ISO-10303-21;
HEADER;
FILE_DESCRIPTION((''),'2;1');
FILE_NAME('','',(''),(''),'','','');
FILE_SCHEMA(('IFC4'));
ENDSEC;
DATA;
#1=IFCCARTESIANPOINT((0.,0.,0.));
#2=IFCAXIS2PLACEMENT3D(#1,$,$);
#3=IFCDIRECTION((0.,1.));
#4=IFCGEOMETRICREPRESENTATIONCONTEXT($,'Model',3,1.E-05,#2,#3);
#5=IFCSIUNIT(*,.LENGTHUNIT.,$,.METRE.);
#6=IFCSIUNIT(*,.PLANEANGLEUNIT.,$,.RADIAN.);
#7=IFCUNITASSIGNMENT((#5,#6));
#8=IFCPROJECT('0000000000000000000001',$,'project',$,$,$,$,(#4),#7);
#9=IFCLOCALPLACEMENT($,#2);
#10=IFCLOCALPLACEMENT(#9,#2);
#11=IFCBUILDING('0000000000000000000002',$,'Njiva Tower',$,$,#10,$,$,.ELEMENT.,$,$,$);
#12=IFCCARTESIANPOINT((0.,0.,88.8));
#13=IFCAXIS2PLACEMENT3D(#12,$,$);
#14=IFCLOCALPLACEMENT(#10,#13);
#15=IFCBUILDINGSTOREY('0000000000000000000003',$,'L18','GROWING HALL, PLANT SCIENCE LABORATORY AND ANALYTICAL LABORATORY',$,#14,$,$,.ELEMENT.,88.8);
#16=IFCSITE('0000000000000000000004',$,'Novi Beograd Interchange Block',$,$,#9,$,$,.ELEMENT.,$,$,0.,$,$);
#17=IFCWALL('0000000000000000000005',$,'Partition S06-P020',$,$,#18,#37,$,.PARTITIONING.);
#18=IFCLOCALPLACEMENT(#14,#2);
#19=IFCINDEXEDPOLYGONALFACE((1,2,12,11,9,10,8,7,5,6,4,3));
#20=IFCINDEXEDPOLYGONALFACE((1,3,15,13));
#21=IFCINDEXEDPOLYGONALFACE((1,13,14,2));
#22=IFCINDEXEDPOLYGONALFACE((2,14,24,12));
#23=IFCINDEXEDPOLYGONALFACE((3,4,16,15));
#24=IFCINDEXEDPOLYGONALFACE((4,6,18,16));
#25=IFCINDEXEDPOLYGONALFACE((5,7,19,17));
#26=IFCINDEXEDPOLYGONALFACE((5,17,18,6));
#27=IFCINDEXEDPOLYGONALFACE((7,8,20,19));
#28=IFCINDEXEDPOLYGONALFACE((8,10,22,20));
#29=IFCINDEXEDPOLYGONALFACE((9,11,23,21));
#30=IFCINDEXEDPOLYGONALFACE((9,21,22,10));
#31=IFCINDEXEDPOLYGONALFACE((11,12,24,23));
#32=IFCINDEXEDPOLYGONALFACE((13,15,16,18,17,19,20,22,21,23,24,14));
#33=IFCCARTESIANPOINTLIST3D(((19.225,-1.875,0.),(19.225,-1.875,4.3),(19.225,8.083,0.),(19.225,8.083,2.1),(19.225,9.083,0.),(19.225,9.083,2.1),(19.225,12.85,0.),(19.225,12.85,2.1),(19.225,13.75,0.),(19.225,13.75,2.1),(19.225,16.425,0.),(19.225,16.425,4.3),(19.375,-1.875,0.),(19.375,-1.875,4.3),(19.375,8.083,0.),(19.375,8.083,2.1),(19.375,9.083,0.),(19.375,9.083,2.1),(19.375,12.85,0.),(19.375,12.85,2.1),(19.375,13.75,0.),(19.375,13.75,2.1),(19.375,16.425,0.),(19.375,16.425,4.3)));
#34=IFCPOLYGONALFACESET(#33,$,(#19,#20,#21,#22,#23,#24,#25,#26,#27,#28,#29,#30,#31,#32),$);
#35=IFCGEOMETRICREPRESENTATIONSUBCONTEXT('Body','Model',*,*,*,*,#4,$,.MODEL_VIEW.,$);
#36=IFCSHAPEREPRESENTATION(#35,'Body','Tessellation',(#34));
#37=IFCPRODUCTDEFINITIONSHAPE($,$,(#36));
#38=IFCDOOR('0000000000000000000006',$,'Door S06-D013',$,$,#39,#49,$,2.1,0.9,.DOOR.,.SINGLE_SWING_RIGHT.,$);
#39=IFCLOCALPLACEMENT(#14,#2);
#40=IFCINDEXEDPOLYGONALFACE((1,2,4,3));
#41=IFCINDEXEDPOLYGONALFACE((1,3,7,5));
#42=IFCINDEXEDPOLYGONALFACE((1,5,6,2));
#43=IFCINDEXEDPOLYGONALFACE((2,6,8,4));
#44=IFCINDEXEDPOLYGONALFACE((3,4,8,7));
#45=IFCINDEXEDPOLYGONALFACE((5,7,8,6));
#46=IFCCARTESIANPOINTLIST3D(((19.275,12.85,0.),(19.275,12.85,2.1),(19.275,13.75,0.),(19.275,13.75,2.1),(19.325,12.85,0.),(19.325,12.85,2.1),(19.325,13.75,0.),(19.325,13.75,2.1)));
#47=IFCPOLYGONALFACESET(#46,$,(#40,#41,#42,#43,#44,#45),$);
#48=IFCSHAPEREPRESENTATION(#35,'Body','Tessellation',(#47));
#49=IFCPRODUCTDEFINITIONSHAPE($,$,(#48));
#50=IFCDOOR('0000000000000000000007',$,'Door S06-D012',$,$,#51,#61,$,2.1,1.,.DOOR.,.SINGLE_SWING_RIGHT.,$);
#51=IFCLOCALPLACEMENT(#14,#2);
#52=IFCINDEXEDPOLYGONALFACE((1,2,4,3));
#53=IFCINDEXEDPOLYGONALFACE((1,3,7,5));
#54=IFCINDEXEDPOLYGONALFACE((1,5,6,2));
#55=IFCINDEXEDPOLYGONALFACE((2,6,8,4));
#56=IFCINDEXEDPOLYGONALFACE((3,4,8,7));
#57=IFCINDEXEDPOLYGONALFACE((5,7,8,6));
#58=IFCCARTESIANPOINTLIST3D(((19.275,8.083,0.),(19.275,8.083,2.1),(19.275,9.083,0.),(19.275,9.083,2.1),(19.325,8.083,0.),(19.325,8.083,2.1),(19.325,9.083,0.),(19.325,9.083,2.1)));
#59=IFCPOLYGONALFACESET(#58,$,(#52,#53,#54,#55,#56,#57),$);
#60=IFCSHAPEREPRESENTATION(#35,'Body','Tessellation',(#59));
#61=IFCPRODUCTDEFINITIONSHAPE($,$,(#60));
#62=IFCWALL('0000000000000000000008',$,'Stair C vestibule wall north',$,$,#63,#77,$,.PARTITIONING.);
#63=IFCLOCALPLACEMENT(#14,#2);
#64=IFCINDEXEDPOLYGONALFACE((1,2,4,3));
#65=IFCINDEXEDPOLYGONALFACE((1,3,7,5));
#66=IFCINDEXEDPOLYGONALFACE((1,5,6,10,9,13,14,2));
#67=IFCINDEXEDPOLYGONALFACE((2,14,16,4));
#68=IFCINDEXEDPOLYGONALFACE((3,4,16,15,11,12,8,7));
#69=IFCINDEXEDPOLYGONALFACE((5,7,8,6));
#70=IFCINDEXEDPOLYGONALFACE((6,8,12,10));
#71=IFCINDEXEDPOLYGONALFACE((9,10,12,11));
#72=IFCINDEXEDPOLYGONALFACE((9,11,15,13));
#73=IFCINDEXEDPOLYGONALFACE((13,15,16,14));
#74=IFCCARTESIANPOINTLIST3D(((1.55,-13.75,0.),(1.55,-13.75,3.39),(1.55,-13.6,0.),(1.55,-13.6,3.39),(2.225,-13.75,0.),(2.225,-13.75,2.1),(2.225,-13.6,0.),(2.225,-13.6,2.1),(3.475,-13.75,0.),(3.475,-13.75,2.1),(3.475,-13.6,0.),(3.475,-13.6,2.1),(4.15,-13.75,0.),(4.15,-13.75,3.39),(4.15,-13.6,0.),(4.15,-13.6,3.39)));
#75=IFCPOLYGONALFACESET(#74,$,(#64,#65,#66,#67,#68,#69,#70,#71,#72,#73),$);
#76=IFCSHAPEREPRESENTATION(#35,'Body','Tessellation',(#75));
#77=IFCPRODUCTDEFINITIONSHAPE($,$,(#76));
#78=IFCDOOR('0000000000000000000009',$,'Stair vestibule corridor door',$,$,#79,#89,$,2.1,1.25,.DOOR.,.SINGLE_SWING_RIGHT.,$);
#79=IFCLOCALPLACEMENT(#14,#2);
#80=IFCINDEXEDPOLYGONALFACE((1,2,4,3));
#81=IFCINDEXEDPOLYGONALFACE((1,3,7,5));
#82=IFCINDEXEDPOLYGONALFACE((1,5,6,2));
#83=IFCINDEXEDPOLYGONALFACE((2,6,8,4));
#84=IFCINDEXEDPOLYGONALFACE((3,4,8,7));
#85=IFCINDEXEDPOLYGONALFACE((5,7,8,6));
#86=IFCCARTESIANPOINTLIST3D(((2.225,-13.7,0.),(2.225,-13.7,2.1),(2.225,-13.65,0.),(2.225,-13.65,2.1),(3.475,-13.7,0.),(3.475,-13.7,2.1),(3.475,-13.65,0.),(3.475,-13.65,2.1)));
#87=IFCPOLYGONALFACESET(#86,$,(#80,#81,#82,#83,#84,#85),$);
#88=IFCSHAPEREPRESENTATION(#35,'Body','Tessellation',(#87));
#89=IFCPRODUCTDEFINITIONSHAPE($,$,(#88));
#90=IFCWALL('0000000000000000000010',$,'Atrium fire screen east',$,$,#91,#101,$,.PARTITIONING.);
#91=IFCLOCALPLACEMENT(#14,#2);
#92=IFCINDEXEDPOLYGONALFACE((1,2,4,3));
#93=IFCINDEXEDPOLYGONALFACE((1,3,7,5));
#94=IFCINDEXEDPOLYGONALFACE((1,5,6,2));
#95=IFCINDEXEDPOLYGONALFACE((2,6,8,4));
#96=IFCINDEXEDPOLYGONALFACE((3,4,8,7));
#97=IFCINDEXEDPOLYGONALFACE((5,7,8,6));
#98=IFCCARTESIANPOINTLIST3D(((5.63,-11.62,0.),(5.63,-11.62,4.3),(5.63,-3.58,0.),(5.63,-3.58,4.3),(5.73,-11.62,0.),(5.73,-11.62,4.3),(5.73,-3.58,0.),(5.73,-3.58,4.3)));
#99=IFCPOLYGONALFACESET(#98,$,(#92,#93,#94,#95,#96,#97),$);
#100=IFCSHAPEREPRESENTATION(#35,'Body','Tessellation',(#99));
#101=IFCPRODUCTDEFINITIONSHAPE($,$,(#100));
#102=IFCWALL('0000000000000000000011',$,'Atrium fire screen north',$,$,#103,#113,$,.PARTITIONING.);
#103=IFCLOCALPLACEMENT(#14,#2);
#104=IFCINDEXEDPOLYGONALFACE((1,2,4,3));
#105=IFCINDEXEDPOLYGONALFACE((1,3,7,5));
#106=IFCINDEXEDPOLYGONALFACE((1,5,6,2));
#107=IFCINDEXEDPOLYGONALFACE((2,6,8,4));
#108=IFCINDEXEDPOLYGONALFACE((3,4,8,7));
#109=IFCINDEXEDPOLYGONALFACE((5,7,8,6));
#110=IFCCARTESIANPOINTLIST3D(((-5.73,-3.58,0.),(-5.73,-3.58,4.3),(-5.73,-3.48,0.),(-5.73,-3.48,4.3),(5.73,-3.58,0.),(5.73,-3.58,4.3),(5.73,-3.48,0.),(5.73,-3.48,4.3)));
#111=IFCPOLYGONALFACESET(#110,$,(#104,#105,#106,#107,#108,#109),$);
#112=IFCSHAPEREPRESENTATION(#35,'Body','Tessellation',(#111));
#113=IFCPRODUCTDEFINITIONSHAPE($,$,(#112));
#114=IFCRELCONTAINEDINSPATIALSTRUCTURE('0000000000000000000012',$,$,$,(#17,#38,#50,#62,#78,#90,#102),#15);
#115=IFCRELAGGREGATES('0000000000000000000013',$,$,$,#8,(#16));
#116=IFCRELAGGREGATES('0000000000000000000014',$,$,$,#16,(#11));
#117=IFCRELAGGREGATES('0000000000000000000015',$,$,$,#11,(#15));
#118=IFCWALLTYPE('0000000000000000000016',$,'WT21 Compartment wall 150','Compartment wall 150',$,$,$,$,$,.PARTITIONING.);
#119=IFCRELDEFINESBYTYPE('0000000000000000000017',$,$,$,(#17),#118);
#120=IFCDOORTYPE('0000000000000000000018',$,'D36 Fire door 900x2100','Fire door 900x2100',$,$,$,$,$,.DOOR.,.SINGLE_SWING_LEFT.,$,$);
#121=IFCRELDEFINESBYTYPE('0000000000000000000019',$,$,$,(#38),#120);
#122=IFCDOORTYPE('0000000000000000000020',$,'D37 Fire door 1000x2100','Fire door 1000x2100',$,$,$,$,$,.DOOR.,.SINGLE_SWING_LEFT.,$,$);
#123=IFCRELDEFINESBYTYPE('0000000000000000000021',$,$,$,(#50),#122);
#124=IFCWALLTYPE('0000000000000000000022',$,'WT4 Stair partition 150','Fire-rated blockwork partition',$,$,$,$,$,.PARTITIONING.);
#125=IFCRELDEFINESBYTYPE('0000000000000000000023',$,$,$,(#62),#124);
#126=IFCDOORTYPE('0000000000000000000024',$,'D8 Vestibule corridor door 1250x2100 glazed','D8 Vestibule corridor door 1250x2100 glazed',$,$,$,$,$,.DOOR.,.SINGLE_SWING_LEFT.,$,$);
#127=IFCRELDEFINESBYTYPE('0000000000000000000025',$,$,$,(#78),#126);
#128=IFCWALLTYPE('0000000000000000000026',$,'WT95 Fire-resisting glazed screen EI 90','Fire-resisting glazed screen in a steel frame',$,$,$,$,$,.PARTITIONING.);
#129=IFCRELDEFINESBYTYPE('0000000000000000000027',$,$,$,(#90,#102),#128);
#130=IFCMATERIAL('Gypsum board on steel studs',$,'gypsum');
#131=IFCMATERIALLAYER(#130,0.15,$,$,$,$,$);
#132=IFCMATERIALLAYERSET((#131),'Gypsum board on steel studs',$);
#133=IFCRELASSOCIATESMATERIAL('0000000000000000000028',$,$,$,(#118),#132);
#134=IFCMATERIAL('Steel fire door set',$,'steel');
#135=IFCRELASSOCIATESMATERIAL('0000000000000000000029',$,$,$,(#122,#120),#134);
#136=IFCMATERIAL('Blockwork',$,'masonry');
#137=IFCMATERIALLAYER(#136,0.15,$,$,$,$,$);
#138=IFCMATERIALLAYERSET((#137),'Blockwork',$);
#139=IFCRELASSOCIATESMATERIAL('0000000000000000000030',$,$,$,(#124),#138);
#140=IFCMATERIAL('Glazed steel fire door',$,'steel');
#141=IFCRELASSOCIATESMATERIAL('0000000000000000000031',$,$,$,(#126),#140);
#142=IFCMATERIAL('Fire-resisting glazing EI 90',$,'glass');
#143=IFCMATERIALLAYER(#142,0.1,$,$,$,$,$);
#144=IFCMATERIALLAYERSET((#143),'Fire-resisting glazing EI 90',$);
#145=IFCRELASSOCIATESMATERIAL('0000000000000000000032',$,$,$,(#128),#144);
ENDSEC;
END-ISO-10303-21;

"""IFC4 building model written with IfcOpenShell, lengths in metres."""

from ifc_helpers import new_model, si_unit, direction, frame, frame_2d, origin, place, context, subcontext, project, spatial, rectangle, extrude, material, layer, layer_set, type_object, element, fill, save


model = new_model("IFC4")

# Units and contexts
model_context = context("Model", 3, precision=1e-05, world=origin(), true_north=direction((0.0, 1.0)))
body_context = subcontext(model_context, "Body", "Model", "MODEL_VIEW")
ifc_project = project(units=[si_unit("LENGTHUNIT", "METRE"), si_unit("PLANEANGLEUNIT", "RADIAN")], contexts=[model_context])

# Site, building, storey
site_placement = place(None, origin())
site = spatial("IfcSite", under=ifc_project, at=site_placement, Name="Novi Beograd Interchange Block", CompositionType="ELEMENT", RefElevation=0.0)
building_placement = place(site_placement, origin())
building = spatial("IfcBuilding", under=site, at=building_placement, Name="Njiva Tower", CompositionType="ELEMENT")
storey_placement = place(building_placement, frame((0.0, 0.0, 88.8)))
storey = spatial("IfcBuildingStorey", under=building, at=storey_placement, Name="L18", Description="GROWING HALL, PLANT SCIENCE LABORATORY AND ANALYTICAL LABORATORY", CompositionType="ELEMENT", Elevation=88.8)

# Shared definitions
ifc_material_1 = material(Name="Gypsum board on steel studs", Category="gypsum")
ifc_layer_1 = layer(ifc_material_1, 0.15)
ifc_layer_set_1 = layer_set([ifc_layer_1], Name="Gypsum board on steel studs")
wall_type_1 = type_object("IfcWallType", Name="WT21 Compartment wall 150", Description="Compartment wall 150", PredefinedType="PARTITIONING", material=ifc_layer_set_1)
ifc_material_2 = material(Name="Steel fire door set", Category="steel")
door_type_1 = type_object("IfcDoorType", Name="D37 Fire door 1000x2100", Description="Fire door 1000x2100", OperationType="SINGLE_SWING_LEFT", PredefinedType="DOOR", material=ifc_material_2)

# Wall, openings, doors
wall_1_placement = place(storey_placement, frame((19.3, -1.875, 0.0), z_axis=(0.0, 0.0, 1.0), x_axis=(0.0, 1.0, 0.0)))
wall_1 = element("IfcWall", 1, at=wall_1_placement, inside=storey, type_object=wall_type_1, Name="Partition S06-P020", PredefinedType="PARTITIONING", context=body_context, shape_type="SweptSolid", body=[
    extrude(rectangle(XDim=18.3, YDim=0.15, at=frame_2d((9.15, 0.0))), origin(), (0.0, 0.0, 1.0), 4.3),
])
opening_1_placement = place(wall_1_placement, frame((9.958, 0.0, 0.0)))
opening_1 = element("IfcOpeningElement", 2, at=opening_1_placement, cuts=wall_1, PredefinedType="OPENING", context=body_context, shape_type="SweptSolid", body=[
    extrude(rectangle(XDim=1.0, YDim=2.1, at=frame_2d((0.5, 1.05))), frame((0.0, 0.085, 0.0), z_axis=(0.0, -1.0, 0.0), x_axis=(1.0, 0.0, 0.0)), (0.0, 0.0, 1.0), 0.17),
])
opening_2_placement = place(wall_1_placement, frame((14.725, 0.0, 0.0)))
opening_2 = element("IfcOpeningElement", 3, at=opening_2_placement, cuts=wall_1, PredefinedType="OPENING", context=body_context, shape_type="SweptSolid", body=[
    extrude(rectangle(XDim=0.9, YDim=2.1, at=frame_2d((0.45, 1.05))), frame((0.0, 0.085, 0.0), z_axis=(0.0, -1.0, 0.0), x_axis=(1.0, 0.0, 0.0)), (0.0, 0.0, 1.0), 0.17),
])
door_type_2 = type_object("IfcDoorType", Name="D36 Fire door 900x2100", Description="Fire door 900x2100", OperationType="SINGLE_SWING_LEFT", PredefinedType="DOOR", material=ifc_material_2)
door_1_placement = place(opening_2_placement, origin())
door_1 = element("IfcDoor", 4, at=door_1_placement, inside=storey, type_object=door_type_2, Name="Door S06-D013", OperationType="SINGLE_SWING_RIGHT", OverallHeight=2.1, OverallWidth=0.9, PredefinedType="DOOR", context=body_context, shape_type="SweptSolid", body=[
    extrude(rectangle(XDim=0.9, YDim=2.1, at=frame_2d((0.45, 1.05))), frame((0.0, 0.025, 0.0), z_axis=(0.0, -1.0, 0.0), x_axis=(1.0, 0.0, 0.0)), (0.0, 0.0, 1.0), 0.05),
])
fill(opening_2, door_1)
door_2_placement = place(opening_1_placement, origin())
door_2 = element("IfcDoor", 5, at=door_2_placement, inside=storey, type_object=door_type_1, Name="Door S06-D012", OperationType="SINGLE_SWING_RIGHT", OverallHeight=2.1, OverallWidth=1.0, PredefinedType="DOOR", context=body_context, shape_type="SweptSolid", body=[
    extrude(rectangle(XDim=1.0, YDim=2.1, at=frame_2d((0.5, 1.05))), frame((0.0, 0.025, 0.0), z_axis=(0.0, -1.0, 0.0), x_axis=(1.0, 0.0, 0.0)), (0.0, 0.0, 1.0), 0.05),
])
fill(opening_1, door_2)

# Wall, opening, door
ifc_material_3 = material(Name="Blockwork", Category="masonry")
ifc_layer_2 = layer(ifc_material_3, 0.15)
ifc_layer_set_2 = layer_set([ifc_layer_2], Name="Blockwork")
wall_type_2 = type_object("IfcWallType", Name="WT4 Stair partition 150", Description="Fire-rated blockwork partition", PredefinedType="PARTITIONING", material=ifc_layer_set_2)
wall_2_placement = place(storey_placement, frame((1.55, -13.675, 0.0), z_axis=(0.0, 0.0, 1.0), x_axis=(1.0, 0.0, 0.0)))
wall_2 = element("IfcWall", 6, at=wall_2_placement, inside=storey, type_object=wall_type_2, Name="Stair C vestibule wall north", PredefinedType="PARTITIONING", context=body_context, shape_type="SweptSolid", body=[
    extrude(rectangle(XDim=2.6, YDim=0.15, at=frame_2d((1.3, 0.0))), origin(), (0.0, 0.0, 1.0), 3.39),
])
opening_3_placement = place(wall_2_placement, frame((0.675, 0.0, 0.0)))
opening_3 = element("IfcOpeningElement", 7, at=opening_3_placement, cuts=wall_2, PredefinedType="OPENING", context=body_context, shape_type="SweptSolid", body=[
    extrude(rectangle(XDim=1.25, YDim=2.1, at=frame_2d((0.625, 1.05))), frame((0.0, 0.085, 0.0), z_axis=(0.0, -1.0, 0.0), x_axis=(1.0, 0.0, 0.0)), (0.0, 0.0, 1.0), 0.17),
])
ifc_material_4 = material(Name="Glazed steel fire door", Category="steel")
door_type_3 = type_object("IfcDoorType", Name="D8 Vestibule corridor door 1250x2100 glazed", Description="D8 Vestibule corridor door 1250x2100 glazed", OperationType="SINGLE_SWING_LEFT", PredefinedType="DOOR", material=ifc_material_4)
door_3_placement = place(opening_3_placement, origin())
door_3 = element("IfcDoor", 8, at=door_3_placement, inside=storey, type_object=door_type_3, Name="Stair vestibule corridor door", OperationType="SINGLE_SWING_RIGHT", OverallHeight=2.1, OverallWidth=1.25, PredefinedType="DOOR", context=body_context, shape_type="SweptSolid", body=[
    extrude(rectangle(XDim=1.25, YDim=2.1, at=frame_2d((0.625, 1.05))), frame((0.0, 0.025, 0.0), z_axis=(0.0, -1.0, 0.0), x_axis=(1.0, 0.0, 0.0)), (0.0, 0.0, 1.0), 0.05),
])
fill(opening_3, door_3)

# Walls
ifc_material_5 = material(Name="Fire-resisting glazing EI 90", Category="glass")
ifc_layer_3 = layer(ifc_material_5, 0.1)
ifc_layer_set_3 = layer_set([ifc_layer_3], Name="Fire-resisting glazing EI 90")
wall_type_3 = type_object("IfcWallType", Name="WT95 Fire-resisting glazed screen EI 90", Description="Fire-resisting glazed screen in a steel frame", PredefinedType="PARTITIONING", material=ifc_layer_set_3)
wall_3_placement = place(storey_placement, frame((5.68, -11.62, 0.0), z_axis=(0.0, 0.0, 1.0), x_axis=(0.0, 1.0, 0.0)))
element("IfcWall", 9, at=wall_3_placement, inside=storey, type_object=wall_type_3, Name="Atrium fire screen east", PredefinedType="PARTITIONING", context=body_context, shape_type="SweptSolid", body=[
    extrude(rectangle(XDim=8.04, YDim=0.1, at=frame_2d((4.02, 0.0))), origin(), (0.0, 0.0, 1.0), 4.3),
])
wall_4_placement = place(storey_placement, frame((5.73, -3.53, 0.0), z_axis=(0.0, 0.0, 1.0), x_axis=(-1.0, 0.0, 0.0)))
element("IfcWall", 10, at=wall_4_placement, inside=storey, type_object=wall_type_3, Name="Atrium fire screen north", PredefinedType="PARTITIONING", context=body_context, shape_type="SweptSolid", body=[
    extrude(rectangle(XDim=11.46, YDim=0.1, at=frame_2d((5.73, 0.0))), origin(), (0.0, 0.0, 1.0), 4.3),
])

save(model, "model.ifc")
